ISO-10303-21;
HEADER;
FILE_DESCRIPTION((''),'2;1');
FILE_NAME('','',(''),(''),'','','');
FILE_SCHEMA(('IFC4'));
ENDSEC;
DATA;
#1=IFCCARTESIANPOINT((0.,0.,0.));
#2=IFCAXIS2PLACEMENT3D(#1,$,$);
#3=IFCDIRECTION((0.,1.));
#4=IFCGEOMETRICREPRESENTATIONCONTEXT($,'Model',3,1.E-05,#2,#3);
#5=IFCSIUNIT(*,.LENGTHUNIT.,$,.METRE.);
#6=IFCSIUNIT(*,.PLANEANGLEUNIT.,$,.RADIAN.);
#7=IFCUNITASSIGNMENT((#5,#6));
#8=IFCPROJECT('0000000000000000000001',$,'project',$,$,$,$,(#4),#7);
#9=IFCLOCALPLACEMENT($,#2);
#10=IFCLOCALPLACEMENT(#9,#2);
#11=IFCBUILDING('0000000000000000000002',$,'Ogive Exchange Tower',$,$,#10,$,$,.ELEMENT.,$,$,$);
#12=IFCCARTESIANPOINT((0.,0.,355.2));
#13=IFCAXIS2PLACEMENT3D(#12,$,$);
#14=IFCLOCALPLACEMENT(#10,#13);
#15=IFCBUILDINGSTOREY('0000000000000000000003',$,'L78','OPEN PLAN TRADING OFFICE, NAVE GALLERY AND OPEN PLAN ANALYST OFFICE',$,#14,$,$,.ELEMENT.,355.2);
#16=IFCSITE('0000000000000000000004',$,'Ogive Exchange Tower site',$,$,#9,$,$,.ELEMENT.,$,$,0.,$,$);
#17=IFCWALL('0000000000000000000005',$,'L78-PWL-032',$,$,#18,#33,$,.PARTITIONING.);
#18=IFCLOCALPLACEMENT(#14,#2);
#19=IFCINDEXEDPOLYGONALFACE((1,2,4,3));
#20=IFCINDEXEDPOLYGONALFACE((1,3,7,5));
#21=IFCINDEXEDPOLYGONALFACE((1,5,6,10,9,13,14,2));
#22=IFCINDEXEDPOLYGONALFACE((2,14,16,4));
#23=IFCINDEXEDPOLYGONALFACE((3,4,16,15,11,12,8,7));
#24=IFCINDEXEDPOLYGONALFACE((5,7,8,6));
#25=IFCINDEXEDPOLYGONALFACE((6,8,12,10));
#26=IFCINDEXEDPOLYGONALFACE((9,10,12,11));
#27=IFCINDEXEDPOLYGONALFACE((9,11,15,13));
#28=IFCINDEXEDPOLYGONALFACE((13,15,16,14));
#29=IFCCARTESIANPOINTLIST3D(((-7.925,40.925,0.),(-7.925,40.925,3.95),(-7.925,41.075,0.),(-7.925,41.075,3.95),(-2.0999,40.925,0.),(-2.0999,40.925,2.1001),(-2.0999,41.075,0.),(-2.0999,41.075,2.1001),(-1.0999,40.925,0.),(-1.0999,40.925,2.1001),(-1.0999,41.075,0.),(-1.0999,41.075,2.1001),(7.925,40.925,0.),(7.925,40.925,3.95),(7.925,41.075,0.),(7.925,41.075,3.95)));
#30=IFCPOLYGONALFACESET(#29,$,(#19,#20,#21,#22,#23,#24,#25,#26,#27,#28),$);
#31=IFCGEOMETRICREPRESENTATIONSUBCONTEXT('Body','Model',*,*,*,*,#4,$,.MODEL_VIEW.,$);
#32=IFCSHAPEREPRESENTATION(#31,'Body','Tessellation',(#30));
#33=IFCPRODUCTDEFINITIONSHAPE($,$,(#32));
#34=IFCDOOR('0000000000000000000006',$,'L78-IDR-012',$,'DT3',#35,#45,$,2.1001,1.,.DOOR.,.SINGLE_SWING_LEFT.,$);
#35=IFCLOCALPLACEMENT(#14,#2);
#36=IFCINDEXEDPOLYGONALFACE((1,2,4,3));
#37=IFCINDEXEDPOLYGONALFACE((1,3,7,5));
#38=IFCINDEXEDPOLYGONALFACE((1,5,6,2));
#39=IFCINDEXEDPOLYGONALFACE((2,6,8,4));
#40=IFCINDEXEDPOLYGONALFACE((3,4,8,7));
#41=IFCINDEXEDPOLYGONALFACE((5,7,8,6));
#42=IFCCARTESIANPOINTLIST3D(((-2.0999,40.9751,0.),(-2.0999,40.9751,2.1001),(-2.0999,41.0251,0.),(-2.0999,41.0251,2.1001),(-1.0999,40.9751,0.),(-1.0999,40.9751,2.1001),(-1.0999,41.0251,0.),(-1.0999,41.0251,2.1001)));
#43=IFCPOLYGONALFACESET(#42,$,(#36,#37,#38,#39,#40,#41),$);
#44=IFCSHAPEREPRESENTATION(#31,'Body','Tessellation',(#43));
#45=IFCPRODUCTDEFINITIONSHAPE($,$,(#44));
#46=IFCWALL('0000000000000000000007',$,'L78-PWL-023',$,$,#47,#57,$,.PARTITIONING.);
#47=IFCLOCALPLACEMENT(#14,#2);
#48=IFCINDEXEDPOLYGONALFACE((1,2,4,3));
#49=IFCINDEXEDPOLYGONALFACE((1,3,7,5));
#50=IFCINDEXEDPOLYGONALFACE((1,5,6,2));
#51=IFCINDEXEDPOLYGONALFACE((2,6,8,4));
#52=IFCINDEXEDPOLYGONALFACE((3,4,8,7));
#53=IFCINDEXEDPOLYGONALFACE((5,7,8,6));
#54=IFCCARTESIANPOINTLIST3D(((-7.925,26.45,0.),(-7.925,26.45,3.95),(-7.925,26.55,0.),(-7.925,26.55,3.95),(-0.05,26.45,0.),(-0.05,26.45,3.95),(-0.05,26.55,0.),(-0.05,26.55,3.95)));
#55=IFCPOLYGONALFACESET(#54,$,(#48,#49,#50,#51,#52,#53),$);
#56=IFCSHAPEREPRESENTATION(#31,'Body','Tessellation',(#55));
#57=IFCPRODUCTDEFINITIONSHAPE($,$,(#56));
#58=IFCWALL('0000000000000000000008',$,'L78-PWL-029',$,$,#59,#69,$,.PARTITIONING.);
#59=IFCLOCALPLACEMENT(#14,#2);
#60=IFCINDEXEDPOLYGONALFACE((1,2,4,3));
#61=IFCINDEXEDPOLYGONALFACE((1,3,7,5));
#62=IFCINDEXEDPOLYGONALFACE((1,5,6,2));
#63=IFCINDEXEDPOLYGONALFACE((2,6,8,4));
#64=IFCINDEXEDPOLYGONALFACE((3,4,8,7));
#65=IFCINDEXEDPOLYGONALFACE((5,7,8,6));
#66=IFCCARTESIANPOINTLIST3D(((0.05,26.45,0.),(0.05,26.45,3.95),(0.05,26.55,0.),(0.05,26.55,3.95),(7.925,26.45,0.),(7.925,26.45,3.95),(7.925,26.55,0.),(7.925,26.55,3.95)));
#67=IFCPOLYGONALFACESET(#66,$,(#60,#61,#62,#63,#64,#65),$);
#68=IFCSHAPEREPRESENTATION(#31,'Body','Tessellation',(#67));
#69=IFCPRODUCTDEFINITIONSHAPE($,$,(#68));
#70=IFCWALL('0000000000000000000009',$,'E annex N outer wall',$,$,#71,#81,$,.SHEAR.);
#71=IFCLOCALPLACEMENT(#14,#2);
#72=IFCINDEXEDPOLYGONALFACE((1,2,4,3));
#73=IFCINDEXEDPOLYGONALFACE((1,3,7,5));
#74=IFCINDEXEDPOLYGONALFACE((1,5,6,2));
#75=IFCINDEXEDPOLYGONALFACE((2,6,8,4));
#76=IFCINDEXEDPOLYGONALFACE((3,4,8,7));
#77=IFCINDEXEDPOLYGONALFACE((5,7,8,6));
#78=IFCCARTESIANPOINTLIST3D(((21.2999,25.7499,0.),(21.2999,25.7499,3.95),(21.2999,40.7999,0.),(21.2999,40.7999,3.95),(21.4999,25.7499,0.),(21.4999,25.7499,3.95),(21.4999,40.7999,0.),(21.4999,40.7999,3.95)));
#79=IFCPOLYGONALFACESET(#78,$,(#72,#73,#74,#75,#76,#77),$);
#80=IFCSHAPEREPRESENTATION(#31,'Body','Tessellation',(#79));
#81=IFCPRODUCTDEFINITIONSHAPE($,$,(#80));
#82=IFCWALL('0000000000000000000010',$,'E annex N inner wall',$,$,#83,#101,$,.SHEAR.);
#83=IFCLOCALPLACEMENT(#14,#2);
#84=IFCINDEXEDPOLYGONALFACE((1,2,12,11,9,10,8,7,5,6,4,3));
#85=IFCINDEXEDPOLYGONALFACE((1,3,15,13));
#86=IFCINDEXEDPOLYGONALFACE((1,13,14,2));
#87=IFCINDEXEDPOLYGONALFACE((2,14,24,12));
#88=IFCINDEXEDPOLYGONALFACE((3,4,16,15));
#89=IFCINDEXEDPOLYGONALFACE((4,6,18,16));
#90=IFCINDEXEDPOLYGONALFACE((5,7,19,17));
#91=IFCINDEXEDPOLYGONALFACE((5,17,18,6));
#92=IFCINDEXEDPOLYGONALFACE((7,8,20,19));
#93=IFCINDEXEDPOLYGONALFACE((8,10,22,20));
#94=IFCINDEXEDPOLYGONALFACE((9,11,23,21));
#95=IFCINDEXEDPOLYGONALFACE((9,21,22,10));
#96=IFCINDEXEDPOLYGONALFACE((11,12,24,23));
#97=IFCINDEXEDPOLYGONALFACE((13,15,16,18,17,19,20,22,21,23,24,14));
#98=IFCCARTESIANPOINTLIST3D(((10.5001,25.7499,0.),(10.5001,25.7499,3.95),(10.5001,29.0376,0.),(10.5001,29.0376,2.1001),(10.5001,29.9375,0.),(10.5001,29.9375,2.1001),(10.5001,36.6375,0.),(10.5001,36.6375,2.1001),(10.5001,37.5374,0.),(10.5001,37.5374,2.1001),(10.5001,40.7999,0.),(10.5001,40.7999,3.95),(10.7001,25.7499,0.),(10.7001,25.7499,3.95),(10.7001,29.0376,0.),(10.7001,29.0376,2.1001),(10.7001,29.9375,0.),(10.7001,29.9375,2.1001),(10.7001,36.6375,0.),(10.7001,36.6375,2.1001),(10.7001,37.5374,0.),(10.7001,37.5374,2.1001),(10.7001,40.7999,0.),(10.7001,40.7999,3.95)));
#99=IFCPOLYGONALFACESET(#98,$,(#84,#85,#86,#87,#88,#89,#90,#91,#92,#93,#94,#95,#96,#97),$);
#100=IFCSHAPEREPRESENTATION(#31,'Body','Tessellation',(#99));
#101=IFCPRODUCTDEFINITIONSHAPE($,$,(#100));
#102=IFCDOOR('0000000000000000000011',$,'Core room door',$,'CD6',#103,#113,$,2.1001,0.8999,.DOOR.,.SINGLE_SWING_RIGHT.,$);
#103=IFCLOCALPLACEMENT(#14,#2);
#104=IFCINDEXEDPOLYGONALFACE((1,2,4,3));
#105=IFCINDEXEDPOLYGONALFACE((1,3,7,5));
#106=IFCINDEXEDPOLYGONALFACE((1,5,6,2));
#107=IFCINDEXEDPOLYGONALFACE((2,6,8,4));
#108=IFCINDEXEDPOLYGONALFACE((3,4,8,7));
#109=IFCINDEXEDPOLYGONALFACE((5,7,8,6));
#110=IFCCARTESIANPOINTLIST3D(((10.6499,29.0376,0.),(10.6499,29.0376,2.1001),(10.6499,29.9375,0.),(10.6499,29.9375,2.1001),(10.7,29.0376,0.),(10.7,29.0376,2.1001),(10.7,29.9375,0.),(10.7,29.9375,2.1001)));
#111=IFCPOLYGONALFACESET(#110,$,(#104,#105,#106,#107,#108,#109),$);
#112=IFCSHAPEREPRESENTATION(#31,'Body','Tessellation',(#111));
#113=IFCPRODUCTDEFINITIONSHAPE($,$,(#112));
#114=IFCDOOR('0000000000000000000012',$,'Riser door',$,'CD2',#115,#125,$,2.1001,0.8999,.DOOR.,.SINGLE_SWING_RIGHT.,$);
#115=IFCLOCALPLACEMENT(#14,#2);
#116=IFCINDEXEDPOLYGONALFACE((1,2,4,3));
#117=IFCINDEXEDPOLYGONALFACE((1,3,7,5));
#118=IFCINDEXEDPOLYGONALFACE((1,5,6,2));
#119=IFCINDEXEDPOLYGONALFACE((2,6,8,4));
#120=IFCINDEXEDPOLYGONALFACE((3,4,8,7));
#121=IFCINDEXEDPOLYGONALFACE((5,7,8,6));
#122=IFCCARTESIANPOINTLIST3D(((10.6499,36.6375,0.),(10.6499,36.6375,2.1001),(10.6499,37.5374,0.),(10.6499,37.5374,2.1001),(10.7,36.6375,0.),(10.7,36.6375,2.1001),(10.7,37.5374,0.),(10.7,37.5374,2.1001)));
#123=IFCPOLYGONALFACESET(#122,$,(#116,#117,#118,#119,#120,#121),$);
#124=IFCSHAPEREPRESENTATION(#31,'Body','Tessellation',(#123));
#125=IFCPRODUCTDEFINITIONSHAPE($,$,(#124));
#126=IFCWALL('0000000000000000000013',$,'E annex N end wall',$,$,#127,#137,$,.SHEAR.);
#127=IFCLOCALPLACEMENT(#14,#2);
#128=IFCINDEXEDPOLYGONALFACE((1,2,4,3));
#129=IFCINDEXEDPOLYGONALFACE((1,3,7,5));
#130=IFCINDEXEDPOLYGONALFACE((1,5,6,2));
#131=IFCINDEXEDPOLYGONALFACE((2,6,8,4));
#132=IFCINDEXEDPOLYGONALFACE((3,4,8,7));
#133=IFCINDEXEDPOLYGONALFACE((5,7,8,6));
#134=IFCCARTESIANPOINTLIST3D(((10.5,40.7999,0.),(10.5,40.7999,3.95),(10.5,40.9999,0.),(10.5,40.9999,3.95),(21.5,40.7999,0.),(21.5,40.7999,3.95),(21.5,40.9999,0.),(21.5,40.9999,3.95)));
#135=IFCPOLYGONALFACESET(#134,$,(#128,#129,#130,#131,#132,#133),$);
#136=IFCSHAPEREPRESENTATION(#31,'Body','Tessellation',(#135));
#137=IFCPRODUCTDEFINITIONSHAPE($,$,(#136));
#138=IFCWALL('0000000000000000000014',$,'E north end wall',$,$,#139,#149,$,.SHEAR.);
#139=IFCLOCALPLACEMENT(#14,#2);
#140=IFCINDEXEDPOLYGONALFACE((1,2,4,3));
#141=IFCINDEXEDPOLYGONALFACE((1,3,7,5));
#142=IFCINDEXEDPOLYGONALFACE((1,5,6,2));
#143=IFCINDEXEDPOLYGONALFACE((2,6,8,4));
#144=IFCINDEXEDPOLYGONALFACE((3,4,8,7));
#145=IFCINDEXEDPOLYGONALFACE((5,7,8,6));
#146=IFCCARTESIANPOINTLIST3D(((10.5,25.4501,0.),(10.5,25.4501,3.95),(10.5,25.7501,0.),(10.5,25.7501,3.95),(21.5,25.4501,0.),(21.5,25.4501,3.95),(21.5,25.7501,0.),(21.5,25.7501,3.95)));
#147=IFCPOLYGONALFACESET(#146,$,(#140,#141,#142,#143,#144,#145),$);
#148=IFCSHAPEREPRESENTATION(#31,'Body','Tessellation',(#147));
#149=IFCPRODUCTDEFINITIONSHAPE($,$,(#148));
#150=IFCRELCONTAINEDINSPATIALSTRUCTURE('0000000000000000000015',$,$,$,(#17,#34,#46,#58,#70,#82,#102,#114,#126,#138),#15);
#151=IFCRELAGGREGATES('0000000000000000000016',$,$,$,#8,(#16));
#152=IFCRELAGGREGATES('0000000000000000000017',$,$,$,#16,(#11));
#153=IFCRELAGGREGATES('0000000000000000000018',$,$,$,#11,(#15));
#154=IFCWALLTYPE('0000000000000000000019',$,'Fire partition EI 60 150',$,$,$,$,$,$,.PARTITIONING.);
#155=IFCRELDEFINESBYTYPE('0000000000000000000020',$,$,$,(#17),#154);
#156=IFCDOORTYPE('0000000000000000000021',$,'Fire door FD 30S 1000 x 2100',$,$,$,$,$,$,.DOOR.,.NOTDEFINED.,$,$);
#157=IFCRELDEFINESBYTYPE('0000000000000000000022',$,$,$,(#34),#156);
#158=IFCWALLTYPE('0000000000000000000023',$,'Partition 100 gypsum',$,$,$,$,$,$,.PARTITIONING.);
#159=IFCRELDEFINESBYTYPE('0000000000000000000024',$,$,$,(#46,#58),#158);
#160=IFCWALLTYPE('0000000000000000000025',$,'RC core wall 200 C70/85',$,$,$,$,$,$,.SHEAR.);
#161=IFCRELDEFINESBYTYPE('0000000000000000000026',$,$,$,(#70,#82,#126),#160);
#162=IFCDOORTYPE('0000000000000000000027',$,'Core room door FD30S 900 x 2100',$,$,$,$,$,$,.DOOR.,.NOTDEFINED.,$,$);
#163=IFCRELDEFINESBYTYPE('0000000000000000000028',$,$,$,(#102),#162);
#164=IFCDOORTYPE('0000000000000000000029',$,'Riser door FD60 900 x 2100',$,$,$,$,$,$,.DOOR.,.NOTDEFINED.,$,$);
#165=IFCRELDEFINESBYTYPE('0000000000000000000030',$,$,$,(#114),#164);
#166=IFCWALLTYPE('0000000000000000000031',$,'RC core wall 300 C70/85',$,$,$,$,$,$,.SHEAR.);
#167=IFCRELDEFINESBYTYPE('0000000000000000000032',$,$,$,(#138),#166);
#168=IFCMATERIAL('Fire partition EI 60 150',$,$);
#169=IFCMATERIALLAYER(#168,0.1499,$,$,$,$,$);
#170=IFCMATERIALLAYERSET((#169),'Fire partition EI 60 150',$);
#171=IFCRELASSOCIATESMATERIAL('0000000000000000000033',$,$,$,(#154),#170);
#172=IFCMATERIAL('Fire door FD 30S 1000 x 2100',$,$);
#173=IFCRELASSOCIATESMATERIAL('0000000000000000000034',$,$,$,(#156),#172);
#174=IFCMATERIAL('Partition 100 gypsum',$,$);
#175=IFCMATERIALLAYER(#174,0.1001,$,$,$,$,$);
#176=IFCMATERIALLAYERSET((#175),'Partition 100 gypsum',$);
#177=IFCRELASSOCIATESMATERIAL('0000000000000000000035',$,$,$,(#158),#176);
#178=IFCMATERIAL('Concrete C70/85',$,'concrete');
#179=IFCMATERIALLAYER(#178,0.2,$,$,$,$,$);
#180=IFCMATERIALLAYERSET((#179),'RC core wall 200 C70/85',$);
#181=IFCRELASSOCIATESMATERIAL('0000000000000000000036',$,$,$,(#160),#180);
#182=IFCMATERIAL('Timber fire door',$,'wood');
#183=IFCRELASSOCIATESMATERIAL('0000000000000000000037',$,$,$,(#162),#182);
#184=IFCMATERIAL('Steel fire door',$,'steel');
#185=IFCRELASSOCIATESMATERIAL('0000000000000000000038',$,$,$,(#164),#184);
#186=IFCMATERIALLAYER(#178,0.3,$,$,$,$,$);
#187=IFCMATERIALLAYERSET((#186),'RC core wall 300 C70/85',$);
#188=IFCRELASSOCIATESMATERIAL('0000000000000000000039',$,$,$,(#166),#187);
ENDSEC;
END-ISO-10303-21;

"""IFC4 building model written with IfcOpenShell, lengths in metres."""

from ifc_helpers import new_model, si_unit, direction, frame, frame_2d, origin, place, context, subcontext, project, spatial, rectangle, extrude, material, layer, layer_set, type_object, element, fill, save


model = new_model("IFC4")

# Units and contexts
model_context = context("Model", 3, precision=1e-05, world=origin(), true_north=direction((0.0, 1.0)))
body_context = subcontext(model_context, "Body", "Model", "MODEL_VIEW")
ifc_project = project(units=[si_unit("LENGTHUNIT", "METRE"), si_unit("PLANEANGLEUNIT", "RADIAN")], contexts=[model_context])

# Site, building, storey
site_placement = place(None, origin())
site = spatial("IfcSite", under=ifc_project, at=site_placement, Name="Ogive Exchange Tower site", CompositionType="ELEMENT", RefElevation=0.0)
building_placement = place(site_placement, origin())
building = spatial("IfcBuilding", under=site, at=building_placement, Name="Ogive Exchange Tower", CompositionType="ELEMENT")
storey_placement = place(building_placement, frame((0.0, 0.0, 355.2)))
storey = spatial("IfcBuildingStorey", under=building, at=storey_placement, Name="L78", Description="OPEN PLAN TRADING OFFICE, NAVE GALLERY AND OPEN PLAN ANALYST OFFICE", CompositionType="ELEMENT", Elevation=355.2)

# Shared definitions
ifc_material_1 = material(Name="Fire partition EI 60 150")
ifc_layer_1 = layer(ifc_material_1, 0.1499)
ifc_layer_set_1 = layer_set([ifc_layer_1], Name="Fire partition EI 60 150")
wall_type_1 = type_object("IfcWallType", Name="Fire partition EI 60 150", PredefinedType="PARTITIONING", material=ifc_layer_set_1)

# Wall, opening, door
wall_1_placement = place(storey_placement, frame((7.925, 41.0, 0.0), z_axis=(0.0, 0.0, 1.0), x_axis=(-1.0, 0.0, 0.0)))
wall_1 = element("IfcWall", 1, at=wall_1_placement, inside=storey, type_object=wall_type_1, Name="L78-PWL-032", PredefinedType="PARTITIONING", context=body_context, shape_type="SweptSolid", body=[
    extrude(rectangle(XDim=15.8501, YDim=0.1499, at=frame_2d((7.925, 0.0))), origin(), (0.0, 0.0, 1.0), 3.95),
])
opening_1_placement = place(wall_1_placement, frame((9.0249, 0.0, 0.0)))
opening_1 = element("IfcOpeningElement", 2, at=opening_1_placement, cuts=wall_1, PredefinedType="OPENING", context=body_context, shape_type="SweptSolid", body=[
    extrude(rectangle(XDim=1.0, YDim=2.1001, at=frame_2d((0.5, 1.05))), frame((0.0, 0.085, 0.0), z_axis=(0.0, -1.0, 0.0), x_axis=(1.0, 0.0, 0.0)), (0.0, 0.0, 1.0), 0.1699),
])
ifc_material_2 = material(Name="Fire door FD 30S 1000 x 2100")
door_type_1 = type_object("IfcDoorType", Name="Fire door FD 30S 1000 x 2100", OperationType="NOTDEFINED", PredefinedType="DOOR", material=ifc_material_2)
door_1_placement = place(opening_1_placement, origin())
door_1 = element("IfcDoor", 3, at=door_1_placement, inside=storey, type_object=door_type_1, Name="L78-IDR-012", ObjectType="DT3", OperationType="SINGLE_SWING_LEFT", OverallHeight=2.1001, OverallWidth=1.0, PredefinedType="DOOR", context=body_context, shape_type="SweptSolid", body=[
    extrude(rectangle(XDim=1.0, YDim=2.1001, at=frame_2d((0.5, 1.05))), frame((0.0, 0.0249, 0.0), z_axis=(0.0, -1.0, 0.0), x_axis=(1.0, 0.0, 0.0)), (0.0, 0.0, 1.0), 0.05),
])
fill(opening_1, door_1)

# Walls
ifc_material_3 = material(Name="Partition 100 gypsum")
ifc_layer_2 = layer(ifc_material_3, 0.1001)
ifc_layer_set_2 = layer_set([ifc_layer_2], Name="Partition 100 gypsum")
wall_type_2 = type_object("IfcWallType", Name="Partition 100 gypsum", PredefinedType="PARTITIONING", material=ifc_layer_set_2)
for number, where, z_axis, x_axis, name in (
    (4, (-0.05, 26.5, 0.0), (0.0, 0.0, 1.0), (-1.0, 0.0, 0.0), "L78-PWL-023"),
    (5, (7.925, 26.5, 0.0), (0.0, 0.0, 1.0), (-1.0, 0.0, 0.0), "L78-PWL-029"),
):
    element("IfcWall", number, at=place(storey_placement, frame(where, z_axis=z_axis, x_axis=x_axis)), inside=storey, type_object=wall_type_2, Name=name, PredefinedType="PARTITIONING", context=body_context, shape_type="SweptSolid", body=[
        extrude(rectangle(XDim=7.875, YDim=0.1001, at=frame_2d((3.9375, 0.0))), origin(), (0.0, 0.0, 1.0), 3.95),
    ])
ifc_material_4 = material(Name="Concrete C70/85", Category="concrete")
ifc_layer_3 = layer(ifc_material_4, 0.2)
ifc_layer_set_3 = layer_set([ifc_layer_3], Name="RC core wall 200 C70/85")
wall_type_3 = type_object("IfcWallType", Name="RC core wall 200 C70/85", PredefinedType="SHEAR", material=ifc_layer_set_3)
wall_2_placement = place(storey_placement, frame((21.3999, 25.75, 0.0), z_axis=(0.0, 0.0, 1.0), x_axis=(0.0, 1.0, 0.0)))
element("IfcWall", 6, at=wall_2_placement, inside=storey, type_object=wall_type_3, Name="E annex N outer wall", PredefinedType="SHEAR", context=body_context, shape_type="SweptSolid", body=[
    extrude(rectangle(XDim=15.05, YDim=0.2, at=frame_2d((7.5249, 0.0))), origin(), (0.0, 0.0, 1.0), 3.95),
])

# Wall, openings, doors
wall_3_placement = place(storey_placement, frame((10.6001, 25.75, 0.0), z_axis=(0.0, 0.0, 1.0), x_axis=(0.0, 1.0, 0.0)))
wall_3 = element("IfcWall", 7, at=wall_3_placement, inside=storey, type_object=wall_type_3, Name="E annex N inner wall", PredefinedType="SHEAR", context=body_context, shape_type="SweptSolid", body=[
    extrude(rectangle(XDim=15.05, YDim=0.2, at=frame_2d((7.5249, 0.0))), origin(), (0.0, 0.0, 1.0), 3.95),
])
opening_2_placement = place(wall_3_placement, frame((3.2876, 0.0, 0.0)))
opening_2 = element("IfcOpeningElement", 8, at=opening_2_placement, cuts=wall_3, PredefinedType="OPENING", context=body_context, shape_type="SweptSolid", body=[
    extrude(rectangle(XDim=0.8999, YDim=2.1001, at=frame_2d((0.45, 1.05))), frame((0.0, 0.1099, 0.0), z_axis=(0.0, -1.0, 0.0), x_axis=(1.0, 0.0, 0.0)), (0.0, 0.0, 1.0), 0.22),
])
opening_3_placement = place(wall_3_placement, frame((10.8875, 0.0, 0.0)))
opening_3 = element("IfcOpeningElement", 9, at=opening_3_placement, cuts=wall_3, PredefinedType="OPENING", context=body_context, shape_type="SweptSolid", body=[
    extrude(rectangle(XDim=0.8999, YDim=2.1001, at=frame_2d((0.45, 1.05))), frame((0.0, 0.1099, 0.0), z_axis=(0.0, -1.0, 0.0), x_axis=(1.0, 0.0, 0.0)), (0.0, 0.0, 1.0), 0.22),
])
ifc_material_5 = material(Name="Timber fire door", Category="wood")
door_type_2 = type_object("IfcDoorType", Name="Core room door FD30S 900 x 2100", OperationType="NOTDEFINED", PredefinedType="DOOR", material=ifc_material_5)
door_2_placement = place(opening_2_placement, origin())
door_2 = element("IfcDoor", 10, at=door_2_placement, inside=storey, type_object=door_type_2, Name="Core room door", ObjectType="CD6", OperationType="SINGLE_SWING_RIGHT", OverallHeight=2.1001, OverallWidth=0.8999, PredefinedType="DOOR", context=body_context, shape_type="SweptSolid", body=[
    extrude(rectangle(XDim=0.8999, YDim=2.1001, at=frame_2d((0.45, 1.05))), frame((0.0, -0.0498, 0.0), z_axis=(0.0, -1.0, 0.0), x_axis=(1.0, 0.0, 0.0)), (0.0, 0.0, 1.0), 0.05),
])
fill(opening_2, door_2)
ifc_material_6 = material(Name="Steel fire door", Category="steel")
door_type_3 = type_object("IfcDoorType", Name="Riser door FD60 900 x 2100", OperationType="NOTDEFINED", PredefinedType="DOOR", material=ifc_material_6)
door_3_placement = place(opening_3_placement, origin())
door_3 = element("IfcDoor", 11, at=door_3_placement, inside=storey, type_object=door_type_3, Name="Riser door", ObjectType="CD2", OperationType="SINGLE_SWING_RIGHT", OverallHeight=2.1001, OverallWidth=0.8999, PredefinedType="DOOR", context=body_context, shape_type="SweptSolid", body=[
    extrude(rectangle(XDim=0.8999, YDim=2.1001, at=frame_2d((0.45, 1.05))), frame((0.0, -0.0498, 0.0), z_axis=(0.0, -1.0, 0.0), x_axis=(1.0, 0.0, 0.0)), (0.0, 0.0, 1.0), 0.05),
])
fill(opening_3, door_3)

# Walls
wall_4_placement = place(storey_placement, frame((10.5, 40.8999, 0.0), z_axis=(0.0, 0.0, 1.0), x_axis=(1.0, 0.0, 0.0)))
element("IfcWall", 12, at=wall_4_placement, inside=storey, type_object=wall_type_3, Name="E annex N end wall", PredefinedType="SHEAR", context=body_context, shape_type="SweptSolid", body=[
    extrude(rectangle(XDim=11.0, YDim=0.2, at=frame_2d((5.5, 0.0))), origin(), (0.0, 0.0, 1.0), 3.95),
])
ifc_layer_4 = layer(ifc_material_4, 0.3)
ifc_layer_set_4 = layer_set([ifc_layer_4], Name="RC core wall 300 C70/85")
wall_type_4 = type_object("IfcWallType", Name="RC core wall 300 C70/85", PredefinedType="SHEAR", material=ifc_layer_set_4)
wall_5_placement = place(storey_placement, frame((10.5, 25.6001, 0.0), z_axis=(0.0, 0.0, 1.0), x_axis=(1.0, 0.0, 0.0)))
element("IfcWall", 13, at=wall_5_placement, inside=storey, type_object=wall_type_4, Name="E north end wall", PredefinedType="SHEAR", context=body_context, shape_type="SweptSolid", body=[
    extrude(rectangle(XDim=11.0, YDim=0.3, at=frame_2d((5.5, 0.0))), origin(), (0.0, 0.0, 1.0), 3.95),
])

save(model, "model.ifc")
